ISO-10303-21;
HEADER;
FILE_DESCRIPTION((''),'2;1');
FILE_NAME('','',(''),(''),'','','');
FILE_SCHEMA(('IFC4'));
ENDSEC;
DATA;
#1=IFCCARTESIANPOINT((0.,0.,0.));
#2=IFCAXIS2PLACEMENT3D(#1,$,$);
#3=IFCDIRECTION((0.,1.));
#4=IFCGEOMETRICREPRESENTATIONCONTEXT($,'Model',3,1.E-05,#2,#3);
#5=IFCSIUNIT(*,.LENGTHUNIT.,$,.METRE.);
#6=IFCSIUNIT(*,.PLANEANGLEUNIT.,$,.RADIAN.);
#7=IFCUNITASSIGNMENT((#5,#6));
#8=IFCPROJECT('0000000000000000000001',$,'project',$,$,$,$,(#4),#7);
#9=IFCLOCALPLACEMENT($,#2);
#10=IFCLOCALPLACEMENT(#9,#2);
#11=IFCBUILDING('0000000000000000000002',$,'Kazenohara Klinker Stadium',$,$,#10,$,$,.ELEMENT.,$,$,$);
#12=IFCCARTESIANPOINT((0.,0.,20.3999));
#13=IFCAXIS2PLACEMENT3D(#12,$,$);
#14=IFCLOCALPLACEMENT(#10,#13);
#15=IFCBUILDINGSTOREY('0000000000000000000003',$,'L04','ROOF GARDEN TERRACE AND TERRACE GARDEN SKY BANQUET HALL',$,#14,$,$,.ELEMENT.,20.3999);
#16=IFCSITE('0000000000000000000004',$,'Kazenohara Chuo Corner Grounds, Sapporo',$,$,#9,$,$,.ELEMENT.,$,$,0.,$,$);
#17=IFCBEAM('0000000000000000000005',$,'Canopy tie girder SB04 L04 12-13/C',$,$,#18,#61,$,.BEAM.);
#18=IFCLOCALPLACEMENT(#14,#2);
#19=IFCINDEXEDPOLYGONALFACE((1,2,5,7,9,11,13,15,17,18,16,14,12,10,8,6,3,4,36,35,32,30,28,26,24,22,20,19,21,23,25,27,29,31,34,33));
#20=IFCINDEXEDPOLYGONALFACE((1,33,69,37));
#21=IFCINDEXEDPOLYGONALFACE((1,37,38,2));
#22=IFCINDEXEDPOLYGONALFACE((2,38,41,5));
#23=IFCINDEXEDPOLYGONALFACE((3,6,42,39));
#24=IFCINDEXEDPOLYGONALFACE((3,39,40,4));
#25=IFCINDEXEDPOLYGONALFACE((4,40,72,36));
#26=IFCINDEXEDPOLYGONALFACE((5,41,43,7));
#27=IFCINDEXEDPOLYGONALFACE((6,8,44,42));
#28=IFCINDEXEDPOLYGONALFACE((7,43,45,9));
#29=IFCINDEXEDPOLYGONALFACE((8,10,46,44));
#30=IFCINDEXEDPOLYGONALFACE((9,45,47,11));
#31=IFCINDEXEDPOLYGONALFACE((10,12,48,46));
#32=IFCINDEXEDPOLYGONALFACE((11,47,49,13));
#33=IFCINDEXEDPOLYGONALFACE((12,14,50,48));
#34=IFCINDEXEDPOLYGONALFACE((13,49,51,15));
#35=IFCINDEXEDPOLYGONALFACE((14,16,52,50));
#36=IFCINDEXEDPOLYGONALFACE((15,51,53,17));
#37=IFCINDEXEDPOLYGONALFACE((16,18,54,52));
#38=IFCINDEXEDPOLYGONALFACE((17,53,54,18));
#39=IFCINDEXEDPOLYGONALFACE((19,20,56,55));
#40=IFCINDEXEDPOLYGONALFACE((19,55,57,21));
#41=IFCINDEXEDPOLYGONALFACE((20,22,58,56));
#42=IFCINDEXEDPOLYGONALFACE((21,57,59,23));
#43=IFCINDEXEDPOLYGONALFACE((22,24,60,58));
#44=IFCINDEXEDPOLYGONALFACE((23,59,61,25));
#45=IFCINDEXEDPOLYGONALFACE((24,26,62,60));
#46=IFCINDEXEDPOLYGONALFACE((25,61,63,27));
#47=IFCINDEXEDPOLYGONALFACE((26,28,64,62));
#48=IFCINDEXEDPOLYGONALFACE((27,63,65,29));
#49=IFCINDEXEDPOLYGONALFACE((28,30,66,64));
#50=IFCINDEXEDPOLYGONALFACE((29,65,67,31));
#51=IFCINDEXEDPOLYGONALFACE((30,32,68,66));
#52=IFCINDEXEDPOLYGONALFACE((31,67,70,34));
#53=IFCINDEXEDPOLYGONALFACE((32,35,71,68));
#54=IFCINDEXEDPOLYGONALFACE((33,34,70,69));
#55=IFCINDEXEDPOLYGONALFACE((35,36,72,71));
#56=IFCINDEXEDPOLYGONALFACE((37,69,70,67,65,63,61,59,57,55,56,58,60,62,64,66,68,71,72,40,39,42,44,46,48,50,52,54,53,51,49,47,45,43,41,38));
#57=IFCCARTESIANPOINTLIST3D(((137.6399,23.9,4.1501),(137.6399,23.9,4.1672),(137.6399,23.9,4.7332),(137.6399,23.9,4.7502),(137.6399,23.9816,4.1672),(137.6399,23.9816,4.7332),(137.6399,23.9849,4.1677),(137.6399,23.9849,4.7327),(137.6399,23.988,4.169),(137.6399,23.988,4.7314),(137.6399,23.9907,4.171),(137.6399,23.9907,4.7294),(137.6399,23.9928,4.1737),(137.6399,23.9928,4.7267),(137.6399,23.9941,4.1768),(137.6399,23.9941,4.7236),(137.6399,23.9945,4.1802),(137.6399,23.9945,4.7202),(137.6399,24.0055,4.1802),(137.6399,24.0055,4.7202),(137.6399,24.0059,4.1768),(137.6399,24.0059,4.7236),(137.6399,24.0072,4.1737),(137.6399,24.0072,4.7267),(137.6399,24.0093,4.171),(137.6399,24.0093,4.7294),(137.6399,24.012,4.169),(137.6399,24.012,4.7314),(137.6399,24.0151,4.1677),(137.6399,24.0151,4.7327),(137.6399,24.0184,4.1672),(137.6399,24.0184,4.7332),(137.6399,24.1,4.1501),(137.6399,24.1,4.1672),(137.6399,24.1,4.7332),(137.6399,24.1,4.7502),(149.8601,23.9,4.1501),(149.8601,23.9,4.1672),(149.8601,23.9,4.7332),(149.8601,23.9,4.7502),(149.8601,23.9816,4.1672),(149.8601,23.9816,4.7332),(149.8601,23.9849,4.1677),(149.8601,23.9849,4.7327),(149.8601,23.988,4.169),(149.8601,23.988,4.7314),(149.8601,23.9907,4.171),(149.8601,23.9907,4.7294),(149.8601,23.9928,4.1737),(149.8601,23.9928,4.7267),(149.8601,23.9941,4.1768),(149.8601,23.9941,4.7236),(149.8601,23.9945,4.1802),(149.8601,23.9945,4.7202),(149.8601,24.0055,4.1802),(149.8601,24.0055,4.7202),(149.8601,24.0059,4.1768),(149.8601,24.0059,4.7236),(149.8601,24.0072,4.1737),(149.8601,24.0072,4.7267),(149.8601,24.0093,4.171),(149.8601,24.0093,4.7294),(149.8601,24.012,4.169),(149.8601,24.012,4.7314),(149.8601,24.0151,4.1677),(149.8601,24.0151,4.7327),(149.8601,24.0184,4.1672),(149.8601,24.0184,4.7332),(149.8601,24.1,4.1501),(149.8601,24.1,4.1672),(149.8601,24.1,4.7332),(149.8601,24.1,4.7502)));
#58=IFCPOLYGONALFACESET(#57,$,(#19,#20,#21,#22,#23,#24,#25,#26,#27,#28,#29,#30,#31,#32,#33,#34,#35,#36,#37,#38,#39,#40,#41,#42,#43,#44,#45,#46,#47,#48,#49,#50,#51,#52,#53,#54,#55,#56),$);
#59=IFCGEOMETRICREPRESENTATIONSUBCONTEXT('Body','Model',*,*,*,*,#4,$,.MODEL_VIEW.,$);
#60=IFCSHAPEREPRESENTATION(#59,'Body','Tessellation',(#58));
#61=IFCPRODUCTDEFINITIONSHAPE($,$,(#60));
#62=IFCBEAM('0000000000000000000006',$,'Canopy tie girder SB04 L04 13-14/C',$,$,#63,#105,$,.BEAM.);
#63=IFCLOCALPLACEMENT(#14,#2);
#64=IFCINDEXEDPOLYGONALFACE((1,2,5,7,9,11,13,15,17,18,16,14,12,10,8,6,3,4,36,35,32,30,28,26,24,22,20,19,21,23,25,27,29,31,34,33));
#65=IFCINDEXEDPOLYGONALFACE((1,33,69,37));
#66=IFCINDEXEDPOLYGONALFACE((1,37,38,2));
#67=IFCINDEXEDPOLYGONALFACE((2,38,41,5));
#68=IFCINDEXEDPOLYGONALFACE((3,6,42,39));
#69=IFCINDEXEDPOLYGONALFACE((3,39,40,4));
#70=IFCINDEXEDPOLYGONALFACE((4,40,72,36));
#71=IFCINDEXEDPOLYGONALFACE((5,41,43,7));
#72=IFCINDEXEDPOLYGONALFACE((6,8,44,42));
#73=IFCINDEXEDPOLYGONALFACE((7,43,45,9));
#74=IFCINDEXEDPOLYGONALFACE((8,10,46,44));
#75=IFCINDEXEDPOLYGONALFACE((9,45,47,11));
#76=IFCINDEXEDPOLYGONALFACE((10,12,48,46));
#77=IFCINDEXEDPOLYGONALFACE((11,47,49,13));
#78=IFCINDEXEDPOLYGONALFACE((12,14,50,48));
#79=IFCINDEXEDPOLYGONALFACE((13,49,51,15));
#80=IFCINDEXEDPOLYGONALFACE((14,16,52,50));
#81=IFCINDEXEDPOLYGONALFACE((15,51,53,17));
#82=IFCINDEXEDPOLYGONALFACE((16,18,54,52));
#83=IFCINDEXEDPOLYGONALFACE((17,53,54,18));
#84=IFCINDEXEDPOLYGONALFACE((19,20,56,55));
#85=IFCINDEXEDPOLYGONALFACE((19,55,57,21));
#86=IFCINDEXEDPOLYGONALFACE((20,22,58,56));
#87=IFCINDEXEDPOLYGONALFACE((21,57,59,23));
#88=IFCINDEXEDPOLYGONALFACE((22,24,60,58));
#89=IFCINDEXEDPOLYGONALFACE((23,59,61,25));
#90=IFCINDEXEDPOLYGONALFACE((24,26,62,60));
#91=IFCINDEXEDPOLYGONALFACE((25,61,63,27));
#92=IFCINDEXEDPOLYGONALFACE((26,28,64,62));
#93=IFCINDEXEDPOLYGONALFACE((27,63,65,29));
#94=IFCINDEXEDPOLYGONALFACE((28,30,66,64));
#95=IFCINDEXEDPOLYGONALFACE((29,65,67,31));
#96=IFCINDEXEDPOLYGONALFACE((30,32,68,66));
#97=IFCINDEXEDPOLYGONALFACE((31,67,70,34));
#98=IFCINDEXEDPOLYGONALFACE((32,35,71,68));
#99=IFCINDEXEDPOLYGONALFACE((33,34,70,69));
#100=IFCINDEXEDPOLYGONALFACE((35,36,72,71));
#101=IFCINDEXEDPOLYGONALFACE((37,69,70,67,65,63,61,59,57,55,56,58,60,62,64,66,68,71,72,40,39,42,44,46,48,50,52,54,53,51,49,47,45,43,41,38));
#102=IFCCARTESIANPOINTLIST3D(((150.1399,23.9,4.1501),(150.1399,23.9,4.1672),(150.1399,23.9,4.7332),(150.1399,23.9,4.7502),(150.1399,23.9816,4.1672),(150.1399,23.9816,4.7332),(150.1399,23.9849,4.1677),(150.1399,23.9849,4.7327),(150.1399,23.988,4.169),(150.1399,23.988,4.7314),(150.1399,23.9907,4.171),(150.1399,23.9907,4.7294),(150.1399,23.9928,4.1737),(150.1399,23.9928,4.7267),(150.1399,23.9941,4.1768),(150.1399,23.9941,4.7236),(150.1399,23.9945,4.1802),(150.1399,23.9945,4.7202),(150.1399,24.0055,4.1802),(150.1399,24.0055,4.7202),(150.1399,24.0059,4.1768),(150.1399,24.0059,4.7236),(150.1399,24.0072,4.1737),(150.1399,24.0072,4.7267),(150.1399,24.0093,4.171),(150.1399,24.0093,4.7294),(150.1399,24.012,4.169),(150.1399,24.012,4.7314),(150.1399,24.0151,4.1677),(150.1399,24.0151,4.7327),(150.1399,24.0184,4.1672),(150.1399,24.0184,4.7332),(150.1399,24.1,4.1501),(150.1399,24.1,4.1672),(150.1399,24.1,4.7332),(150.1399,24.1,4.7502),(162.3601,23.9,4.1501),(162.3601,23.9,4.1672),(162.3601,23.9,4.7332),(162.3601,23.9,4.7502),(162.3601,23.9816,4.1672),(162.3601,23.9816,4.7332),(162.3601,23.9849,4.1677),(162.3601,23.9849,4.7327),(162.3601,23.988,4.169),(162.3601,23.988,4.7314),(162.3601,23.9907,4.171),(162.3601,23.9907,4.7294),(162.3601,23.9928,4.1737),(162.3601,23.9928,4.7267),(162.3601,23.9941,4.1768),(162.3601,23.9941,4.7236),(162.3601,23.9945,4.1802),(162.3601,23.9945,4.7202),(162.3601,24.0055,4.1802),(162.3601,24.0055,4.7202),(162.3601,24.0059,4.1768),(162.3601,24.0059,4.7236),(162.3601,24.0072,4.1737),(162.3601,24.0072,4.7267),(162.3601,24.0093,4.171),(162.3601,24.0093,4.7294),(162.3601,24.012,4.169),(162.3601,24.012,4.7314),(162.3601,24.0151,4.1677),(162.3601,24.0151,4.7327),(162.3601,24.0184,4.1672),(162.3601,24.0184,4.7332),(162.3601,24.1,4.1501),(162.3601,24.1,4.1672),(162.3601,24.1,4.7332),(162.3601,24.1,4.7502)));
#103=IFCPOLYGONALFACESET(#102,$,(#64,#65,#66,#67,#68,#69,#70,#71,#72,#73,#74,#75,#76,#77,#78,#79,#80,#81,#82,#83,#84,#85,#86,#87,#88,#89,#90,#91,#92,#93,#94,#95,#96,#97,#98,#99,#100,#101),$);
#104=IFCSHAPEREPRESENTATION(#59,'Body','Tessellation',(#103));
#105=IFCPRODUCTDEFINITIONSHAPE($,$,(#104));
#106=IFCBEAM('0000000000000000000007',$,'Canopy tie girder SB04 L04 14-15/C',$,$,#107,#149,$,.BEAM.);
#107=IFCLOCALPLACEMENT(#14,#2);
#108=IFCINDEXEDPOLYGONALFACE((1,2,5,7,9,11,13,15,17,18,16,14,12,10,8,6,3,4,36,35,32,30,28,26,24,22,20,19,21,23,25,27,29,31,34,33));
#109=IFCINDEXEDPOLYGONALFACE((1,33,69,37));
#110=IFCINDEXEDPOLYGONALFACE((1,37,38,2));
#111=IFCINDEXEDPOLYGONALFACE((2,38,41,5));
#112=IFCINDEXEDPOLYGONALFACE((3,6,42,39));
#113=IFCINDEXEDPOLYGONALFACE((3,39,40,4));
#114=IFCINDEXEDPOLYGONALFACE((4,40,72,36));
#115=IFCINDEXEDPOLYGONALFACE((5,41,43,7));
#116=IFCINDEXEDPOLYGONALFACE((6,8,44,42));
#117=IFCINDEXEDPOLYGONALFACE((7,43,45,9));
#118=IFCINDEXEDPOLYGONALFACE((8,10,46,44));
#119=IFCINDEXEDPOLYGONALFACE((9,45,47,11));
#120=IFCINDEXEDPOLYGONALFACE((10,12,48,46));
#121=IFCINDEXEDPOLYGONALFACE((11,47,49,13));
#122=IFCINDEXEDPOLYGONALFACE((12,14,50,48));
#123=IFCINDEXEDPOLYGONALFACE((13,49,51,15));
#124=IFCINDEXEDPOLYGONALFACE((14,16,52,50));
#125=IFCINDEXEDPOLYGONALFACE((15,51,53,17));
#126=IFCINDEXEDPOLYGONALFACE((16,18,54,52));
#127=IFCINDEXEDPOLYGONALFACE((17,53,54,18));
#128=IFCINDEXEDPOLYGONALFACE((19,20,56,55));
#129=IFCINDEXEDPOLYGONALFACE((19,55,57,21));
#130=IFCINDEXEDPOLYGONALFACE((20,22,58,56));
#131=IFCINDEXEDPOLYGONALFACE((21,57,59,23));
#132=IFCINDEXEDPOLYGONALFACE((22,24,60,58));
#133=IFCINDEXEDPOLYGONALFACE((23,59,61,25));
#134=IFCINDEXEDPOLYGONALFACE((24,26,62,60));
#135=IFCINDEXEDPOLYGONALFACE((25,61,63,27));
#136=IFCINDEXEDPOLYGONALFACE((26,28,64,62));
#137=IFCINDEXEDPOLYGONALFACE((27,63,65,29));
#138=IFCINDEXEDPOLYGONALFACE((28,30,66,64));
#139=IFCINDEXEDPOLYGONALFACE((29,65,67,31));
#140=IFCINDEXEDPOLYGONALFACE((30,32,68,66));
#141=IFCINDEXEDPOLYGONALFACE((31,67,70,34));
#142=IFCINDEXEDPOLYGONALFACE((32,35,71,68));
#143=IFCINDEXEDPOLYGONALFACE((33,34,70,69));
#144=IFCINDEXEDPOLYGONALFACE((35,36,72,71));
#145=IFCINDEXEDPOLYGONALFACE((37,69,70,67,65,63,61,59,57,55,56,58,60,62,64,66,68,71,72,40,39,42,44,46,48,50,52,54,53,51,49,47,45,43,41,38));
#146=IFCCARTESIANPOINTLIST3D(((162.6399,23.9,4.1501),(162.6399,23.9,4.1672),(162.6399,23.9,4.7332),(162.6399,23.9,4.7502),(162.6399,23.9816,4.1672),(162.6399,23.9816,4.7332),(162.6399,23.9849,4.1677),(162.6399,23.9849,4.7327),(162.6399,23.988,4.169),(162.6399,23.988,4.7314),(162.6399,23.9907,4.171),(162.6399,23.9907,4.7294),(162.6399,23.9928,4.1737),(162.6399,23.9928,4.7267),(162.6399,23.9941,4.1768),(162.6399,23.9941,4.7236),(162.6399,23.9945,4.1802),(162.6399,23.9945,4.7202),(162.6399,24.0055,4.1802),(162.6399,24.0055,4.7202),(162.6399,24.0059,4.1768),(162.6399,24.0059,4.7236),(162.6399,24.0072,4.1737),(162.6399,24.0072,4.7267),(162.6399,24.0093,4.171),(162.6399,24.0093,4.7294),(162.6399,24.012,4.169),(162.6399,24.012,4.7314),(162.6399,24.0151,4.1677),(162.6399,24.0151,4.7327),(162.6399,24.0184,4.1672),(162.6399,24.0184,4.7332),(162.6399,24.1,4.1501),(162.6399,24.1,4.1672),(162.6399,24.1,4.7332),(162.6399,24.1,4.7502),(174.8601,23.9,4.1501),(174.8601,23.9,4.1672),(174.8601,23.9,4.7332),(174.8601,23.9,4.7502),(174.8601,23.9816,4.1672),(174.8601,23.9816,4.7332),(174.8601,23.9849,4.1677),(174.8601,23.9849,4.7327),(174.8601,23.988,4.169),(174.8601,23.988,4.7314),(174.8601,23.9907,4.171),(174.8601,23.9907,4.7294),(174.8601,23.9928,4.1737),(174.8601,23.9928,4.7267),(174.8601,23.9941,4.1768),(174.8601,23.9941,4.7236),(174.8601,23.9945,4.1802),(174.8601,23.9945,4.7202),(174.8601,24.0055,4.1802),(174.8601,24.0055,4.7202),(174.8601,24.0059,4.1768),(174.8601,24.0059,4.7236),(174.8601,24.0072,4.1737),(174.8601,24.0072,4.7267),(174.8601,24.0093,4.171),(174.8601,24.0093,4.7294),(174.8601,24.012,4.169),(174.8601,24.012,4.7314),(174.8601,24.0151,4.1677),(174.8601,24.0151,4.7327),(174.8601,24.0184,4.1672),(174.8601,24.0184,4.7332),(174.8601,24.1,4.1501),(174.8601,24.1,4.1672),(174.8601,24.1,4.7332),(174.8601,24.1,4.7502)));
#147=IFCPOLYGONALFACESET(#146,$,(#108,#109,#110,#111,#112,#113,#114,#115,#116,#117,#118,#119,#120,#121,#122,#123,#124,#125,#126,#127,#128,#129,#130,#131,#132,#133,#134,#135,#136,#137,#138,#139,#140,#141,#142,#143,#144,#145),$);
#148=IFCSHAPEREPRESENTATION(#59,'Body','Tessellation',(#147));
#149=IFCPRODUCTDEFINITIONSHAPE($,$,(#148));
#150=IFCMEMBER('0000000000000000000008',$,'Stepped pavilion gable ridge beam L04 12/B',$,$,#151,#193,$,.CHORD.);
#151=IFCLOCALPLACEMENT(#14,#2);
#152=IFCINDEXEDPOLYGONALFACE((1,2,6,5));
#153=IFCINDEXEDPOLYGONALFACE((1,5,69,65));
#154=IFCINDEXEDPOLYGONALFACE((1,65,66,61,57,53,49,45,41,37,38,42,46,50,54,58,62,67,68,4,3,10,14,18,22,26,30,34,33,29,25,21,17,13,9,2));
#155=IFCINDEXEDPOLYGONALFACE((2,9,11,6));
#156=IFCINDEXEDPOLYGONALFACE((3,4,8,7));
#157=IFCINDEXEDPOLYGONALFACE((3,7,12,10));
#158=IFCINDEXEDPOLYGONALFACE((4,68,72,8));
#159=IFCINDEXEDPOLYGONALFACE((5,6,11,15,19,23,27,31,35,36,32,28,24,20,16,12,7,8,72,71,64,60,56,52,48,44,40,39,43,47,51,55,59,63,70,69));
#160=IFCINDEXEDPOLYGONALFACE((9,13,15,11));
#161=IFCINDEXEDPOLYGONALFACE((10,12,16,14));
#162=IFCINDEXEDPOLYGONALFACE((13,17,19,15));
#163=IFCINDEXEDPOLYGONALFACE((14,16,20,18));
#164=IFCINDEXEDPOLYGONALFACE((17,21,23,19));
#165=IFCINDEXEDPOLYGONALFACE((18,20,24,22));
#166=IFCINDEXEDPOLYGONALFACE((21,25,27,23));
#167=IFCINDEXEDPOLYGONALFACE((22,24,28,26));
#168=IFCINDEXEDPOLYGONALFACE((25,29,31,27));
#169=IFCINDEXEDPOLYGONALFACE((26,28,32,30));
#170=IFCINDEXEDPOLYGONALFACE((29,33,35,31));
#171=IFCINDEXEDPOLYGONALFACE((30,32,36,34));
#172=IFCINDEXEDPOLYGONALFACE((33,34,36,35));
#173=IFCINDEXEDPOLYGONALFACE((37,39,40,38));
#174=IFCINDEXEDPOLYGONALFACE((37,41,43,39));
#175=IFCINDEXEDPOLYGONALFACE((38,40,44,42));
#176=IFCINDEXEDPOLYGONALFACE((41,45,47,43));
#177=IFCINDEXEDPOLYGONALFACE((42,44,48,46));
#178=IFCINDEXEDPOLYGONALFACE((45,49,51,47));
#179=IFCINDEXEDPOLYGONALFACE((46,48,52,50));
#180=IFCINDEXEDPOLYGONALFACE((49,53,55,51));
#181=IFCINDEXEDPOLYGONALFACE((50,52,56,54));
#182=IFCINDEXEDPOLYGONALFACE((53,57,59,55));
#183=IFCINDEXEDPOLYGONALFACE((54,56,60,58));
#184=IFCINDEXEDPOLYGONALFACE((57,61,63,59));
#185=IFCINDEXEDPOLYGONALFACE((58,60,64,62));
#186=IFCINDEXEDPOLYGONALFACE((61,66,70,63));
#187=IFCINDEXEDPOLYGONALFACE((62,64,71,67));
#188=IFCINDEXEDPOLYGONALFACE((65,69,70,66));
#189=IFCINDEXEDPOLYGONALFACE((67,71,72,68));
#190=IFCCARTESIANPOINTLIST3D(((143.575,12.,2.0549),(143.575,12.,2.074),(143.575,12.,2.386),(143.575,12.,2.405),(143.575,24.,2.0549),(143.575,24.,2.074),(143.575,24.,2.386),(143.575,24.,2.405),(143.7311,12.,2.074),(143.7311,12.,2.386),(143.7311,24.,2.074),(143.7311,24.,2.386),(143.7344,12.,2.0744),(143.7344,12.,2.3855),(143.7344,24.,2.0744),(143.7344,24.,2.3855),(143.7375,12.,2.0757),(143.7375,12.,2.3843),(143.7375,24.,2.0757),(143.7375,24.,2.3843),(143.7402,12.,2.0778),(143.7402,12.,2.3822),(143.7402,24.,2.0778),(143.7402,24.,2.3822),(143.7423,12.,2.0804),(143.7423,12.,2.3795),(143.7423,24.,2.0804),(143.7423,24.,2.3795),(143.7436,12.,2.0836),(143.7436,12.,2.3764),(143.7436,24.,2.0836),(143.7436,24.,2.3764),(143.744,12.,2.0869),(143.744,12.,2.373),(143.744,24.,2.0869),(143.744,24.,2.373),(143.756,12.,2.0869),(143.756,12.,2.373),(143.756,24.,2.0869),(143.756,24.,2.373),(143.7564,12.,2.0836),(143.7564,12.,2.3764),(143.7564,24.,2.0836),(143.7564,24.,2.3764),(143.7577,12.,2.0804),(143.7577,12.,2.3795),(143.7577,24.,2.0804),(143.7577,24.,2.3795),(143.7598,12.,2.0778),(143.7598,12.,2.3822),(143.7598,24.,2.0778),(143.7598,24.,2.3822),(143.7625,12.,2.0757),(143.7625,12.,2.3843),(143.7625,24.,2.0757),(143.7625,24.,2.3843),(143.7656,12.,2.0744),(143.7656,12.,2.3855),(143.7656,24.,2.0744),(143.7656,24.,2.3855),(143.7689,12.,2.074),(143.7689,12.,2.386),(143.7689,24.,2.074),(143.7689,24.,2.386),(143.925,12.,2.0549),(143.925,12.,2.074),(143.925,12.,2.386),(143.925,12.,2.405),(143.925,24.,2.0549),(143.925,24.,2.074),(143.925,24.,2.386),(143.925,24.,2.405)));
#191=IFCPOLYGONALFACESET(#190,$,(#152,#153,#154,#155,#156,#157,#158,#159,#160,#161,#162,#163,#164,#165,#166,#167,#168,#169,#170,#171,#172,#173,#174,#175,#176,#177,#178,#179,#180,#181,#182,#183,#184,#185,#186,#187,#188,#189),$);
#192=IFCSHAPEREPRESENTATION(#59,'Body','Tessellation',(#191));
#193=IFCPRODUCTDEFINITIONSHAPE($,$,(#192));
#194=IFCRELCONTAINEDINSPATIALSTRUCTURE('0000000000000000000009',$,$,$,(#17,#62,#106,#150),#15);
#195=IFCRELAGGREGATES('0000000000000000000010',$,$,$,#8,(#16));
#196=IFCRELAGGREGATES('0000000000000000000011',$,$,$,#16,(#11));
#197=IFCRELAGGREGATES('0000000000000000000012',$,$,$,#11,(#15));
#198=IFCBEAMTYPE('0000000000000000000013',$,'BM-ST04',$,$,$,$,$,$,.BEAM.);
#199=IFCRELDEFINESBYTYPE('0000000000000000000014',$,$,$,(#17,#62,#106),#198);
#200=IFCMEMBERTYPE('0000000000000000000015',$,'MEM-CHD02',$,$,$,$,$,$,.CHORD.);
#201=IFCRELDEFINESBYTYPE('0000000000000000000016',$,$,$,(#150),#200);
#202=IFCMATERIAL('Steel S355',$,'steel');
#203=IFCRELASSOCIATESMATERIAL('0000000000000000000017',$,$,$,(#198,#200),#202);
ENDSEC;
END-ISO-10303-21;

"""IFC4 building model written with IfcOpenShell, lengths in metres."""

from ifc_helpers import new_model, si_unit, direction, frame, origin, origin_2d, place, context, subcontext, project, spatial, i_section, extrude, material, material_profile, profile_set, type_object, element, save


model = new_model("IFC4")

# Units and contexts
model_context = context("Model", 3, precision=1e-05, world=origin(), true_north=direction((0.0, 1.0)))
body_context = subcontext(model_context, "Body", "Model", "MODEL_VIEW")
ifc_project = project(units=[si_unit("LENGTHUNIT", "METRE"), si_unit("PLANEANGLEUNIT", "RADIAN")], contexts=[model_context])

# Site, building, storey
site_placement = place(None, origin())
site = spatial("IfcSite", under=ifc_project, at=site_placement, Name="Kazenohara Chuo Corner Grounds, Sapporo", CompositionType="ELEMENT", RefElevation=0.0)
building_placement = place(site_placement, origin())
building = spatial("IfcBuilding", under=site, at=building_placement, Name="Kazenohara Klinker Stadium", CompositionType="ELEMENT")
storey_placement = place(building_placement, frame((0.0, 0.0, 20.3999)))
storey = spatial("IfcBuildingStorey", under=building, at=storey_placement, Name="L04", Description="ROOF GARDEN TERRACE AND TERRACE GARDEN SKY BANQUET HALL", CompositionType="ELEMENT", Elevation=20.3999)

# Shared definitions
ifc_material_1 = material(Name="Steel S355", Category="steel")

# Beams
ifc_material_profile_1 = material_profile(ifc_material_1, i_section(OverallWidth=0.2, OverallDepth=0.6001, WebThickness=0.011, FlangeThickness=0.0171, FilletRadius=0.0129, at=origin_2d()), Name="H-600x200x11x17")
ifc_profile_set_1 = profile_set([ifc_material_profile_1], Name="Steel S355")
beam_type_1 = type_object("IfcBeamType", Name="BM-ST04", PredefinedType="BEAM", material=ifc_profile_set_1)
for number, where, z_axis, x_axis, name in (
    (1, (137.6399, 24.0, 4.4502), (1.0, 0.0, 0.0), (0.0, 1.0, 0.0), "Canopy tie girder SB04 L04 12-13/C"),
    (2, (150.1399, 24.0, 4.4502), (1.0, 0.0, 0.0), (0.0, 1.0, 0.0), "Canopy tie girder SB04 L04 13-14/C"),
    (3, (162.6399, 24.0, 4.4502), (1.0, 0.0, 0.0), (0.0, 1.0, 0.0), "Canopy tie girder SB04 L04 14-15/C"),
):
    element("IfcBeam", number, at=place(storey_placement, frame(where, z_axis=z_axis, x_axis=x_axis)), inside=storey, type_object=beam_type_1, Name=name, PredefinedType="BEAM", context=body_context, shape_type="SweptSolid", body=[
        extrude(i_section(OverallWidth=0.2, OverallDepth=0.6001, WebThickness=0.011, FlangeThickness=0.0171, FilletRadius=0.0129, at=origin_2d()), origin(), (0.0, 0.0, 1.0), 12.2202),
    ])

# Member
ifc_material_profile_2 = material_profile(ifc_material_1, i_section(OverallWidth=0.3501, OverallDepth=0.3501, WebThickness=0.012, FlangeThickness=0.019, FilletRadius=0.0129, at=origin_2d()), Name="H-350x350x12x19")
ifc_profile_set_2 = profile_set([ifc_material_profile_2], Name="Steel S355")
member_type_1 = type_object("IfcMemberType", Name="MEM-CHD02", PredefinedType="CHORD", material=ifc_profile_set_2)
member_placement = place(storey_placement, frame((143.75, 12.0, 2.23), z_axis=(0.0, 1.0, 0.0), x_axis=(-1.0, 0.0, 0.0)))
element("IfcMember", 4, at=member_placement, inside=storey, type_object=member_type_1, Name="Stepped pavilion gable ridge beam L04 12/B", PredefinedType="CHORD", context=body_context, shape_type="SweptSolid", body=[
    extrude(i_section(OverallWidth=0.3501, OverallDepth=0.3501, WebThickness=0.012, FlangeThickness=0.019, FilletRadius=0.0129, at=origin_2d()), origin(), (0.0, 0.0, 1.0), 12.0),
])

save(model, "model.ifc")
